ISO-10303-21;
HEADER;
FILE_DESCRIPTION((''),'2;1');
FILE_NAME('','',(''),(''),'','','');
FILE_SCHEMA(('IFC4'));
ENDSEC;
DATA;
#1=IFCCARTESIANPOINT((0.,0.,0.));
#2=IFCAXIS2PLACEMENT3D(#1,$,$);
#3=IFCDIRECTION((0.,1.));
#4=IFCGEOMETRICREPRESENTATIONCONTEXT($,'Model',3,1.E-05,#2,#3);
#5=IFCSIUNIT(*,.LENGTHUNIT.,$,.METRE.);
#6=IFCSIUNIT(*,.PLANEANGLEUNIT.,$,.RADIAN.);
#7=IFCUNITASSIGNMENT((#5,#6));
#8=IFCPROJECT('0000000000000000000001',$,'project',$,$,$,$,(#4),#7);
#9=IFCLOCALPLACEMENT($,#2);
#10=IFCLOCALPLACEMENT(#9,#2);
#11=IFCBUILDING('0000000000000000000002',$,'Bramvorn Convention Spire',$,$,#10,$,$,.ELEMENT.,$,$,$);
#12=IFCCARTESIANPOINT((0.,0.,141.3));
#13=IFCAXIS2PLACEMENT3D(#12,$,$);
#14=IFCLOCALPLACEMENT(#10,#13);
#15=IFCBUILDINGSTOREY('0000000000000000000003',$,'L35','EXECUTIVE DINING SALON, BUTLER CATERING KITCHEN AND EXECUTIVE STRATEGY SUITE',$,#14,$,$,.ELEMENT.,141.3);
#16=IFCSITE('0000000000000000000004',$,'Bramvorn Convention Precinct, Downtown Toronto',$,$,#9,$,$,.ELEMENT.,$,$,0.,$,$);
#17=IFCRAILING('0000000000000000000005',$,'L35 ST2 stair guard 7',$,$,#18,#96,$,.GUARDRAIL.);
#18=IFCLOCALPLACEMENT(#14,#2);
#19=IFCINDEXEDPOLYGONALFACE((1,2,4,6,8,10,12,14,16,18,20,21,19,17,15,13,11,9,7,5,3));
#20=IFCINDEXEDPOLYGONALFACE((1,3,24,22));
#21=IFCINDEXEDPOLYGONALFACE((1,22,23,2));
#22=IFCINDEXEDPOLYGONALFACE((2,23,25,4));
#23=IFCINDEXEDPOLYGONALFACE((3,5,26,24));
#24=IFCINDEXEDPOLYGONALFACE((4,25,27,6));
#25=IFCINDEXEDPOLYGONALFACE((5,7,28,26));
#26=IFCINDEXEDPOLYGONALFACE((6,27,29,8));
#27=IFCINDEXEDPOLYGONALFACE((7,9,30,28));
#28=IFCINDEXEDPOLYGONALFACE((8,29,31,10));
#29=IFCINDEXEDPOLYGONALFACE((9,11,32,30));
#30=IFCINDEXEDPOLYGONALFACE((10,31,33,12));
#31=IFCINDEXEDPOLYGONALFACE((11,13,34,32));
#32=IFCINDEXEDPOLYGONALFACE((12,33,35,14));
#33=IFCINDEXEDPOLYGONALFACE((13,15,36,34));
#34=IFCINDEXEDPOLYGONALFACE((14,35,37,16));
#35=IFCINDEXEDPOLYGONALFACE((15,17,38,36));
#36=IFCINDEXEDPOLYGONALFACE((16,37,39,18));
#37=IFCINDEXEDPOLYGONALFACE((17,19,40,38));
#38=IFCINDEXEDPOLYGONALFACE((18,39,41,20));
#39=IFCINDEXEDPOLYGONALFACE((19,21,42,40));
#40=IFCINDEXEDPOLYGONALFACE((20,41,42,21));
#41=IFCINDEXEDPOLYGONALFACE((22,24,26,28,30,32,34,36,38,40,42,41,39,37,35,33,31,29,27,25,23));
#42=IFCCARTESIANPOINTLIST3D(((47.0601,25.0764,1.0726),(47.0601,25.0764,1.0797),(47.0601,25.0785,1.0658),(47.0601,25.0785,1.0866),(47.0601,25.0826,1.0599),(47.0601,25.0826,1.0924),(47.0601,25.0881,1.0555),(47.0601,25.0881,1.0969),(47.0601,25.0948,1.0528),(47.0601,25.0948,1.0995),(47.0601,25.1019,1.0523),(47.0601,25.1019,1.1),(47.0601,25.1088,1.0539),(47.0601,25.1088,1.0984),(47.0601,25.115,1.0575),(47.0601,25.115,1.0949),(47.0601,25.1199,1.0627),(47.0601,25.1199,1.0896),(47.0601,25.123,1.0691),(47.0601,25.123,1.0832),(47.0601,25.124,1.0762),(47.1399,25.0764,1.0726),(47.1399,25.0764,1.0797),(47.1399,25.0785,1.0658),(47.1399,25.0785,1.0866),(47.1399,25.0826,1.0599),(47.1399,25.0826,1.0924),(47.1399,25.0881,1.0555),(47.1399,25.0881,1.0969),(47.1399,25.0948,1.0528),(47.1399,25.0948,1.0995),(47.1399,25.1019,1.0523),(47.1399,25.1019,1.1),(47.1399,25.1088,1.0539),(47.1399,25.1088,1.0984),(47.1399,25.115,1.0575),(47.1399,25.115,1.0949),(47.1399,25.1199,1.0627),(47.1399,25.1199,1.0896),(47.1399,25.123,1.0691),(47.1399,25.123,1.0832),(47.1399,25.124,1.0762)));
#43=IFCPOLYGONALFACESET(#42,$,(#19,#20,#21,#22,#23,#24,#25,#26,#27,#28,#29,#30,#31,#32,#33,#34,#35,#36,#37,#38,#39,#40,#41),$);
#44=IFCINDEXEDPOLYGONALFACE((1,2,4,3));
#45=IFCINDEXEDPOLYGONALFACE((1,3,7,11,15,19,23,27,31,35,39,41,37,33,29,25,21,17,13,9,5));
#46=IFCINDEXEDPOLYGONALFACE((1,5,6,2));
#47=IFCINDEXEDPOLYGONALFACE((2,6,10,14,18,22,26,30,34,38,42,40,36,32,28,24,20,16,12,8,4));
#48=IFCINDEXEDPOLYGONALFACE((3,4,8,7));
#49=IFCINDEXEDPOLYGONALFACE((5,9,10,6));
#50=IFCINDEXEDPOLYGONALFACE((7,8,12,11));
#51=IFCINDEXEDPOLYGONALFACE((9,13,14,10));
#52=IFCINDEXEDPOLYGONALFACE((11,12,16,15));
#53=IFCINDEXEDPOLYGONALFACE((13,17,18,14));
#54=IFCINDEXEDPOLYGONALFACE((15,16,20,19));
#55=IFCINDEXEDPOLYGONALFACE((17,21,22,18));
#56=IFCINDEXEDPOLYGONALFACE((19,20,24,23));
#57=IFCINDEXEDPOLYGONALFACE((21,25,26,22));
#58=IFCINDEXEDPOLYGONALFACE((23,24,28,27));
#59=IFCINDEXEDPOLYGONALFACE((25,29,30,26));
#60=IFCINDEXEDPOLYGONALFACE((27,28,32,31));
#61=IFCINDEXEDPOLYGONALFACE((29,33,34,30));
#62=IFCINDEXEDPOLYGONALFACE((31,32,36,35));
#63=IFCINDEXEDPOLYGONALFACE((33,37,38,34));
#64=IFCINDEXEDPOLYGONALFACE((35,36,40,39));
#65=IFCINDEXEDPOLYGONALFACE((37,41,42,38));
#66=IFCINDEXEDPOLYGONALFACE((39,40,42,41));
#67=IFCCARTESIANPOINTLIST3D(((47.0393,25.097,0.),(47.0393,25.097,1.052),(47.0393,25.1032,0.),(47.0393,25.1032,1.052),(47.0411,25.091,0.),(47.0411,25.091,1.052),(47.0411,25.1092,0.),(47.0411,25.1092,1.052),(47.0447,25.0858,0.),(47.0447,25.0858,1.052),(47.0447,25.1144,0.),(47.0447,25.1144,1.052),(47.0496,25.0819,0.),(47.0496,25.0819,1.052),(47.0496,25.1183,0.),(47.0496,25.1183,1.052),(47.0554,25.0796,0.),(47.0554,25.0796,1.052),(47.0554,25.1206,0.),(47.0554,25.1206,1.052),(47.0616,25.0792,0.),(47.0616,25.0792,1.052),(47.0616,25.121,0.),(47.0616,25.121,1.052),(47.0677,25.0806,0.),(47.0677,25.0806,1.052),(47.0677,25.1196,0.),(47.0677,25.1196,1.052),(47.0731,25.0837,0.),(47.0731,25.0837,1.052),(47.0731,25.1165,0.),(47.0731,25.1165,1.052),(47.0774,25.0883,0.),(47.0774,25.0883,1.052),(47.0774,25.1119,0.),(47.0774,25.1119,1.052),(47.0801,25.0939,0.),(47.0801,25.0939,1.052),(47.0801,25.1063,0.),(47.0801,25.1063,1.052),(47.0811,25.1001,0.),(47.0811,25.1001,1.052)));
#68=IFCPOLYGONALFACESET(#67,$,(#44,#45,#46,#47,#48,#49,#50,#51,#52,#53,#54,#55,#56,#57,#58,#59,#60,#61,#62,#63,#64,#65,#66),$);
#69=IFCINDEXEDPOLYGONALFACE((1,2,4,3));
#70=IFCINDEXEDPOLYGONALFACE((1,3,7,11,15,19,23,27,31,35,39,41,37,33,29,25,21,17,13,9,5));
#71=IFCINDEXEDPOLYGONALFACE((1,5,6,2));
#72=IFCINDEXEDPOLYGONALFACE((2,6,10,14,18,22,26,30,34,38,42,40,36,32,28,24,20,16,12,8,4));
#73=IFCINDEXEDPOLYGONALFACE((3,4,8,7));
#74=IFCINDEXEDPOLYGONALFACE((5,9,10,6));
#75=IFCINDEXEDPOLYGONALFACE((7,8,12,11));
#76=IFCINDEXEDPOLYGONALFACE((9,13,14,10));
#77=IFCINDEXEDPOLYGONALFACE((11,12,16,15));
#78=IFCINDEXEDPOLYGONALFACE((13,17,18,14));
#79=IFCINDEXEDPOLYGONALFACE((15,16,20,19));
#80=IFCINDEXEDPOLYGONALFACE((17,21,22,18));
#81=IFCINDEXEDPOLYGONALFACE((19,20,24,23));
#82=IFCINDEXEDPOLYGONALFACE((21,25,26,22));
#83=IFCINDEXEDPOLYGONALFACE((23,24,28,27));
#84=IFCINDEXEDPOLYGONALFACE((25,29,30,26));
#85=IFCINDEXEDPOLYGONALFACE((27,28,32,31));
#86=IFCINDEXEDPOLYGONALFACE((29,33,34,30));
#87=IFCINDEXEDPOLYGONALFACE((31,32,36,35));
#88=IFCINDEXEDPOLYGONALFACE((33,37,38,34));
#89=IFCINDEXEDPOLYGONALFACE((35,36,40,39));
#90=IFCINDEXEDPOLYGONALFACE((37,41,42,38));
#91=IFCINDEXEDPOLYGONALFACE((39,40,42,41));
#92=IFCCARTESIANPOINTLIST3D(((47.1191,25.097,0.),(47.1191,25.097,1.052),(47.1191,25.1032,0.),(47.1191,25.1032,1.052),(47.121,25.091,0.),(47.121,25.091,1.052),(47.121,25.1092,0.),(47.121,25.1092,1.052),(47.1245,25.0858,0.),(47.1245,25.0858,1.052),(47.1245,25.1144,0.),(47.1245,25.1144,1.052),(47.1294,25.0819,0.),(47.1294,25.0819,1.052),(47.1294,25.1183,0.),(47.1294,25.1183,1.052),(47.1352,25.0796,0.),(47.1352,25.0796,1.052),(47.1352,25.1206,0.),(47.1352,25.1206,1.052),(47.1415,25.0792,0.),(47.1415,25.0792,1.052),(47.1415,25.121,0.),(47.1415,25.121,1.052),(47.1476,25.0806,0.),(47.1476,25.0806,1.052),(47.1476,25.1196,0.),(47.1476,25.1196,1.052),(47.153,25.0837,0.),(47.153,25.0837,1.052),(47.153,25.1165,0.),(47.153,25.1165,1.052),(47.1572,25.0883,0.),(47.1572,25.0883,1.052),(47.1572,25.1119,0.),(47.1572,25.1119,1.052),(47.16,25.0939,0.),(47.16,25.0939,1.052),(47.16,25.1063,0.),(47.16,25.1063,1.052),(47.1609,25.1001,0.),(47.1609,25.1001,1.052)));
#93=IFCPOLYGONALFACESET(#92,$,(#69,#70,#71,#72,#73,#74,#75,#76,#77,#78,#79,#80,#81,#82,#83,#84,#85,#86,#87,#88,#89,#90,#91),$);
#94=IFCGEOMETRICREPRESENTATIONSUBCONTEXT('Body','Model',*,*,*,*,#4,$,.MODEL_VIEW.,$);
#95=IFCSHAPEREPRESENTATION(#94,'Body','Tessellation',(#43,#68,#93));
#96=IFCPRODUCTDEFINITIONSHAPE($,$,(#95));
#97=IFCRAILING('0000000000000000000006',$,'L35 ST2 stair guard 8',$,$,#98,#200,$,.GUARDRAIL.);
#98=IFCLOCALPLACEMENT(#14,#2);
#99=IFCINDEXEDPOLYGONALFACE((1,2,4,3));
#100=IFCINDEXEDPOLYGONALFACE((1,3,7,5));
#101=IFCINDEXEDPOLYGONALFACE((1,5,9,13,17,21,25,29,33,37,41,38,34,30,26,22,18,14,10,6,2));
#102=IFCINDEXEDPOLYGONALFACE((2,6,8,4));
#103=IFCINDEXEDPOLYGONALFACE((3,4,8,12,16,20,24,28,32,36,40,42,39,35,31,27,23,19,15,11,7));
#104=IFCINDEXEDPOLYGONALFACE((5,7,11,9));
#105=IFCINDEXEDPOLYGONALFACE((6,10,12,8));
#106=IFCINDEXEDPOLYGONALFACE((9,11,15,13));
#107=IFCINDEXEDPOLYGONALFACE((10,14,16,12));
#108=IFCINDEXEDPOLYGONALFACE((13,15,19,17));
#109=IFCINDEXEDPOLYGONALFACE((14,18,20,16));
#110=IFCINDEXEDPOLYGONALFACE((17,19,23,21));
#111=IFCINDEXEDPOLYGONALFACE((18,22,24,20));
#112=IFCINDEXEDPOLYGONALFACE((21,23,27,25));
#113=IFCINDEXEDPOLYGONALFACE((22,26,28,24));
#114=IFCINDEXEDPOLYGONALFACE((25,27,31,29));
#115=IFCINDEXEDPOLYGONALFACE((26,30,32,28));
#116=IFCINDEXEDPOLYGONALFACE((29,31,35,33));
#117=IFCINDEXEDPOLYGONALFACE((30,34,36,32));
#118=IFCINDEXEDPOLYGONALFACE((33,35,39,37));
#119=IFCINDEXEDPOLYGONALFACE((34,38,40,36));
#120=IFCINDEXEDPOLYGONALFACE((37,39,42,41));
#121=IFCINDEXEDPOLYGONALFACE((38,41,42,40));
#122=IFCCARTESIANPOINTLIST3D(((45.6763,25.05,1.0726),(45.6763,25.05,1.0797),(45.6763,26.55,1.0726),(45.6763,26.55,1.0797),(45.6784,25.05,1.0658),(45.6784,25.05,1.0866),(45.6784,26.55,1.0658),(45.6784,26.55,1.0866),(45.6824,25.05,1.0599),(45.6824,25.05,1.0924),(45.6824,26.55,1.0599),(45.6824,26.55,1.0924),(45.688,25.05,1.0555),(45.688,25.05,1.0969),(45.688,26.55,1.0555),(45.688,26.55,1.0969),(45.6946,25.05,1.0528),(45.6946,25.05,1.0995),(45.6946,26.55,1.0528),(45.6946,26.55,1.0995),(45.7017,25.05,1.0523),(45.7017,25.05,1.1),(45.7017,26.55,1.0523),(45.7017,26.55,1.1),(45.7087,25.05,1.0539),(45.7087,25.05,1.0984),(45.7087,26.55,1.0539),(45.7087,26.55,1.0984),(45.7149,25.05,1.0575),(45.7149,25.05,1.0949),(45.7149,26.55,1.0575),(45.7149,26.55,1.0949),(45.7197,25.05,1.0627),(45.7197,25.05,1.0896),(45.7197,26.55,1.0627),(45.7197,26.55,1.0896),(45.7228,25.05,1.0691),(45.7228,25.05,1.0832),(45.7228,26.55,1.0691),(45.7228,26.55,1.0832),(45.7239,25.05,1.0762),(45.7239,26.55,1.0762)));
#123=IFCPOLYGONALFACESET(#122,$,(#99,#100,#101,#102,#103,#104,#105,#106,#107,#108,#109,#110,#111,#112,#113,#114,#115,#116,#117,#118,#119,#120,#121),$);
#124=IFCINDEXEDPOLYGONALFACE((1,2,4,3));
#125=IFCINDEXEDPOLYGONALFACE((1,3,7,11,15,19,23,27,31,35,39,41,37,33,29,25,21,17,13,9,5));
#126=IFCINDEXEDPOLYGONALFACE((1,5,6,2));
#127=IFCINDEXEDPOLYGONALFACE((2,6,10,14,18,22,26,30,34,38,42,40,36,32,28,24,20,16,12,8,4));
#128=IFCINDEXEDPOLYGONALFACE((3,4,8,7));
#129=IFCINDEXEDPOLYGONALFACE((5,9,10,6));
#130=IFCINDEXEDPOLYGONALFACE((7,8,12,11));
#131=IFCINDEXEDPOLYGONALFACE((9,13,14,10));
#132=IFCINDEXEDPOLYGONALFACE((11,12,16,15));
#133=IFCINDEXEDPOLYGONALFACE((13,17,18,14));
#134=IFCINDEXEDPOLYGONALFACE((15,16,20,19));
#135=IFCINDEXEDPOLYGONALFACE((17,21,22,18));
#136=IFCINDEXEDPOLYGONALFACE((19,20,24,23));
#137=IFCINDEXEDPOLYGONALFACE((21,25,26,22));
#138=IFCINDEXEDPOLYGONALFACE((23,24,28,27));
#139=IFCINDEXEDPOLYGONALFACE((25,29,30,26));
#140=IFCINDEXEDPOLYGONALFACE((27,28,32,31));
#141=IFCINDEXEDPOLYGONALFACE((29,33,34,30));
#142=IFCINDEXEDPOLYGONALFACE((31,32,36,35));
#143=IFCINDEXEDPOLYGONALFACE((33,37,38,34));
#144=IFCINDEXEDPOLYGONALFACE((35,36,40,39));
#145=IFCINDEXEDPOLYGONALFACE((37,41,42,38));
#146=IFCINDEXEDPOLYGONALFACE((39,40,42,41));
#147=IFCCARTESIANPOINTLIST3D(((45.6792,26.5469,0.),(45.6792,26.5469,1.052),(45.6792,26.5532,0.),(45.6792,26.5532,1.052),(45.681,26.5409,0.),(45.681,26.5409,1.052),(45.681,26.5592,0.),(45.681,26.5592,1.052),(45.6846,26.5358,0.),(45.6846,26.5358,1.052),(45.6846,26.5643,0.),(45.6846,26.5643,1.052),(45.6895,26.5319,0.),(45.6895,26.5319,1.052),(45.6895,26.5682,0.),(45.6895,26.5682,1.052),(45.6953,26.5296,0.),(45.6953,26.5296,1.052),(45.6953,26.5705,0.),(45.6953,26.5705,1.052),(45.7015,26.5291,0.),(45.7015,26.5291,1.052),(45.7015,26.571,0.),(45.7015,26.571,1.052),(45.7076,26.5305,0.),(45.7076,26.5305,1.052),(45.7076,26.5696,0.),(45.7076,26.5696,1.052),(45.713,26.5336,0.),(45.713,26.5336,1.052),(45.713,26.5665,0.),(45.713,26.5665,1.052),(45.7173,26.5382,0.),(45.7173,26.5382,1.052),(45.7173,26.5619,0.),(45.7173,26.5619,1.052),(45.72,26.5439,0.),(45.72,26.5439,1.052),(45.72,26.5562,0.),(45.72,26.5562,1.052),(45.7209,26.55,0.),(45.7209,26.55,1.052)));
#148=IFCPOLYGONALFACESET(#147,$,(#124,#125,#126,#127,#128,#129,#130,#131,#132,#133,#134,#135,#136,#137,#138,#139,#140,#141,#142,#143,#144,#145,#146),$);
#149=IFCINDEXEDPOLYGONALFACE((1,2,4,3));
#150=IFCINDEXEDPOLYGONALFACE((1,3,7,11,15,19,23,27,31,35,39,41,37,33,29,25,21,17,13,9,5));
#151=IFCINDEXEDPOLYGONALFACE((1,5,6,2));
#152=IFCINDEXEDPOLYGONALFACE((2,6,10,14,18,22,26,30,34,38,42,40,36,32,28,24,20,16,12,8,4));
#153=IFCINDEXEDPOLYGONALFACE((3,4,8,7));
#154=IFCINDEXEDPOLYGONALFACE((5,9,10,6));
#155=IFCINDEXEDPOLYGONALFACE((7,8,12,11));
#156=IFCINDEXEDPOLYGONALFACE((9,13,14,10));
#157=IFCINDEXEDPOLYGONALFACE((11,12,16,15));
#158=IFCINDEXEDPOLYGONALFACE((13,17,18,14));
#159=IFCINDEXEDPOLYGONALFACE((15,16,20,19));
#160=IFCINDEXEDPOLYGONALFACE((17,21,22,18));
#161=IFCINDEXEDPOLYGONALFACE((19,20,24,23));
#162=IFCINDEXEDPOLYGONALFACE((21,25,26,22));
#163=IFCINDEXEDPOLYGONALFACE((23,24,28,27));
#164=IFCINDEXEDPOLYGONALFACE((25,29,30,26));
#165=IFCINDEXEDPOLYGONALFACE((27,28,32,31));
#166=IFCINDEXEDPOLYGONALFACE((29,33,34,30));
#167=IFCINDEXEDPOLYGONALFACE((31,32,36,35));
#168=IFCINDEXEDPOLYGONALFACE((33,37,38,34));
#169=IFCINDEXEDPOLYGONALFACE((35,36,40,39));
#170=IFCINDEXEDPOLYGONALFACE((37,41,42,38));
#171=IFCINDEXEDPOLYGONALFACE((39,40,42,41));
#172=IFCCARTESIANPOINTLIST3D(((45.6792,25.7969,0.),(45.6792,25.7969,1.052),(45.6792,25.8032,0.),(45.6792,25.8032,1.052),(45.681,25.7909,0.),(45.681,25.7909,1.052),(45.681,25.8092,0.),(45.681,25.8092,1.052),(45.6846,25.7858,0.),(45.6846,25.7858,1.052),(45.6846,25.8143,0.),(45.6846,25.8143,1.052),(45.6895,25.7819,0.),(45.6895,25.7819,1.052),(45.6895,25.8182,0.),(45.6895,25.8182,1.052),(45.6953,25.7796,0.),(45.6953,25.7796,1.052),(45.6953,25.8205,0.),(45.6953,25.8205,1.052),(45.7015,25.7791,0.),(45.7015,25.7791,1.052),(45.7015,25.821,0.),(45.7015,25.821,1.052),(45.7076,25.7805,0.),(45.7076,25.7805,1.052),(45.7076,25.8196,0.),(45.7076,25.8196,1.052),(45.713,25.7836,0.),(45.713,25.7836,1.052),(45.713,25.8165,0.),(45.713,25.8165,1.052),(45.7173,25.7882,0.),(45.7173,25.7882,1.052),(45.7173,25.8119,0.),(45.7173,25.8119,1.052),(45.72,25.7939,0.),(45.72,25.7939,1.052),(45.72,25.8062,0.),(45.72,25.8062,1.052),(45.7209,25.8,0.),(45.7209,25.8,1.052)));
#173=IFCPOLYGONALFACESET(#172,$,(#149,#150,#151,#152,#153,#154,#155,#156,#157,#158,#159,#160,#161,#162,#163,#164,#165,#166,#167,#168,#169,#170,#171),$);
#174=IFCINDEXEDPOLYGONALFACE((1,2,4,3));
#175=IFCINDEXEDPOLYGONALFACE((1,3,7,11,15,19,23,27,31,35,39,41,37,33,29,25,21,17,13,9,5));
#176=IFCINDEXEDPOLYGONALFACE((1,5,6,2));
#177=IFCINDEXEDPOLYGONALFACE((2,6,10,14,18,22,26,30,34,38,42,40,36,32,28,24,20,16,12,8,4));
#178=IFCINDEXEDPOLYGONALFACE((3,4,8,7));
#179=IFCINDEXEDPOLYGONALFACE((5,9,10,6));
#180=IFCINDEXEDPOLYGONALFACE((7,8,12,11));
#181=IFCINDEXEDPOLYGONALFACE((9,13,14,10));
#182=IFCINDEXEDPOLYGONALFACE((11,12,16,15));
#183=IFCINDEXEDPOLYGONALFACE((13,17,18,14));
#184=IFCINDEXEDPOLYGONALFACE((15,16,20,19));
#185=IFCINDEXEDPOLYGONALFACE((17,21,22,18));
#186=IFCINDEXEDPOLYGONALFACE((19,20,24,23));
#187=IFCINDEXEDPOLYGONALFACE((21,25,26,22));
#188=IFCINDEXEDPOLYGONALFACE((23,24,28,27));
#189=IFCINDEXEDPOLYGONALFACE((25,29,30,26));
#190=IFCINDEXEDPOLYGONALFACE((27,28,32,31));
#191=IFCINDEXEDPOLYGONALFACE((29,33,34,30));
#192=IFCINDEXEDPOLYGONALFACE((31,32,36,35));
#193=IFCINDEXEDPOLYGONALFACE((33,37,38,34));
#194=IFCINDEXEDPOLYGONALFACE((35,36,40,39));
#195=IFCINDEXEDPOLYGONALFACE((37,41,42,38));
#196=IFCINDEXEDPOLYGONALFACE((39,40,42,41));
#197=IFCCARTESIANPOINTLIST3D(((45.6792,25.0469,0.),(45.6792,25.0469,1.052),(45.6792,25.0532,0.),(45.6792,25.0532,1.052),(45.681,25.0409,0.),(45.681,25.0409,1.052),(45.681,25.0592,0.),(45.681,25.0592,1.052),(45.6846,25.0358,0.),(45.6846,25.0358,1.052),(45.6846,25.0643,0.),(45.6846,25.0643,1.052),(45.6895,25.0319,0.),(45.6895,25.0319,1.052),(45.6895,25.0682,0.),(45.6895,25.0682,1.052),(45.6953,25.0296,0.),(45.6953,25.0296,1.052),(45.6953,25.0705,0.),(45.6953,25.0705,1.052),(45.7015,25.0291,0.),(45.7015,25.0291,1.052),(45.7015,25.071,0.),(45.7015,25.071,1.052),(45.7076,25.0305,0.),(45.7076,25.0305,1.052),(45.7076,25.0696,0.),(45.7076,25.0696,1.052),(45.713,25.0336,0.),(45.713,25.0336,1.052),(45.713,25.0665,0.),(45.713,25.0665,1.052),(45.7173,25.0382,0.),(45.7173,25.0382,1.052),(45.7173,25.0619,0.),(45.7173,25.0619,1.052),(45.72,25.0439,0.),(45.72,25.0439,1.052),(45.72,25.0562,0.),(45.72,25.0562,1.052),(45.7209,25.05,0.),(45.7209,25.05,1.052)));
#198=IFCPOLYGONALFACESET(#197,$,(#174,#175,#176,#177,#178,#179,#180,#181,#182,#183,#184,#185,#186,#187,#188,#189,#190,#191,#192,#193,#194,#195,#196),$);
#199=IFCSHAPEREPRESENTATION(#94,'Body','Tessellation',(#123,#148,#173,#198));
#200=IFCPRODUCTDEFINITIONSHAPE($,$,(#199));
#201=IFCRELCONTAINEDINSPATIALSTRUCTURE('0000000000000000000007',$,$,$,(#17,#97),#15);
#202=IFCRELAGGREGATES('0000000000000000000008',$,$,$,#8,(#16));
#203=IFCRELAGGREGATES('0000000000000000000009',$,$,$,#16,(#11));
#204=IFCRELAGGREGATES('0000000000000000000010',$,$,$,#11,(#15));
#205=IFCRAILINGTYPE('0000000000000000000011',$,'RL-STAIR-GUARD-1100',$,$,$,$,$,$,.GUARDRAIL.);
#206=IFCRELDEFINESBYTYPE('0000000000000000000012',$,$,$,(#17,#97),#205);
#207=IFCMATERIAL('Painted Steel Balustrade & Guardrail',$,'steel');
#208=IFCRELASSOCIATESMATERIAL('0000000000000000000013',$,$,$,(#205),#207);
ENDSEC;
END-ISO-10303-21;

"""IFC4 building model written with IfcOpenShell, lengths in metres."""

from ifc_helpers import new_model, si_unit, direction, frame, origin, origin_2d, place, context, subcontext, project, spatial, circle, extrude, material, type_object, element, save


model = new_model("IFC4")

# Units and contexts
model_context = context("Model", 3, precision=1e-05, world=origin(), true_north=direction((0.0, 1.0)))
body_context = subcontext(model_context, "Body", "Model", "MODEL_VIEW")
ifc_project = project(units=[si_unit("LENGTHUNIT", "METRE"), si_unit("PLANEANGLEUNIT", "RADIAN")], contexts=[model_context])

# Site, building, storey
site_placement = place(None, origin())
site = spatial("IfcSite", under=ifc_project, at=site_placement, Name="Bramvorn Convention Precinct, Downtown Toronto", CompositionType="ELEMENT", RefElevation=0.0)
building_placement = place(site_placement, origin())
building = spatial("IfcBuilding", under=site, at=building_placement, Name="Bramvorn Convention Spire", CompositionType="ELEMENT")
storey_placement = place(building_placement, frame((0.0, 0.0, 141.3)))
storey = spatial("IfcBuildingStorey", under=building, at=storey_placement, Name="L35", Description="EXECUTIVE DINING SALON, BUTLER CATERING KITCHEN AND EXECUTIVE STRATEGY SUITE", CompositionType="ELEMENT", Elevation=141.3)

# Railings
ifc_material_1 = material(Name="Painted Steel Balustrade & Guardrail", Category="steel")
railing_type_1 = type_object("IfcRailingType", Name="RL-STAIR-GUARD-1100", PredefinedType="GUARDRAIL", material=ifc_material_1)
railing_1_placement = place(storey_placement, frame((47.0601, 25.1001, 0.0)))
element("IfcRailing", 1, at=railing_1_placement, inside=storey, type_object=railing_type_1, Name="L35 ST2 stair guard 7", PredefinedType="GUARDRAIL", context=body_context, shape_type="SweptSolid", body=[
    extrude(circle(Radius=0.0239, at=origin_2d()), frame((0.0, 0.0, 1.0762), z_axis=(1.0, 0.0, 0.0), x_axis=(0.0, 1.0, 0.0)), (0.0, 0.0, 1.0), 0.0798),
    extrude(circle(Radius=0.021, at=origin_2d()), origin(), (0.0, 0.0, 1.0), 1.052),
    extrude(circle(Radius=0.021, at=origin_2d()), frame((0.0798, 0.0, 0.0)), (0.0, 0.0, 1.0), 1.052),
])
railing_2_placement = place(storey_placement, frame((45.7, 26.55, 0.0)))
element("IfcRailing", 2, at=railing_2_placement, inside=storey, type_object=railing_type_1, Name="L35 ST2 stair guard 8", PredefinedType="GUARDRAIL", context=body_context, shape_type="SweptSolid", body=[
    extrude(circle(Radius=0.0239, at=origin_2d()), frame((0.0, 0.0, 1.0762), z_axis=(0.0, -1.0, 0.0), x_axis=(1.0, 0.0, 0.0)), (0.0, 0.0, 1.0), 1.5),
    extrude(circle(Radius=0.021, at=origin_2d()), origin(), (0.0, 0.0, 1.0), 1.052),
    extrude(circle(Radius=0.021, at=origin_2d()), frame((0.0, -0.75, 0.0)), (0.0, 0.0, 1.0), 1.052),
    extrude(circle(Radius=0.021, at=origin_2d()), frame((0.0, -1.5, 0.0)), (0.0, 0.0, 1.0), 1.052),
])

save(model, "model.ifc")
